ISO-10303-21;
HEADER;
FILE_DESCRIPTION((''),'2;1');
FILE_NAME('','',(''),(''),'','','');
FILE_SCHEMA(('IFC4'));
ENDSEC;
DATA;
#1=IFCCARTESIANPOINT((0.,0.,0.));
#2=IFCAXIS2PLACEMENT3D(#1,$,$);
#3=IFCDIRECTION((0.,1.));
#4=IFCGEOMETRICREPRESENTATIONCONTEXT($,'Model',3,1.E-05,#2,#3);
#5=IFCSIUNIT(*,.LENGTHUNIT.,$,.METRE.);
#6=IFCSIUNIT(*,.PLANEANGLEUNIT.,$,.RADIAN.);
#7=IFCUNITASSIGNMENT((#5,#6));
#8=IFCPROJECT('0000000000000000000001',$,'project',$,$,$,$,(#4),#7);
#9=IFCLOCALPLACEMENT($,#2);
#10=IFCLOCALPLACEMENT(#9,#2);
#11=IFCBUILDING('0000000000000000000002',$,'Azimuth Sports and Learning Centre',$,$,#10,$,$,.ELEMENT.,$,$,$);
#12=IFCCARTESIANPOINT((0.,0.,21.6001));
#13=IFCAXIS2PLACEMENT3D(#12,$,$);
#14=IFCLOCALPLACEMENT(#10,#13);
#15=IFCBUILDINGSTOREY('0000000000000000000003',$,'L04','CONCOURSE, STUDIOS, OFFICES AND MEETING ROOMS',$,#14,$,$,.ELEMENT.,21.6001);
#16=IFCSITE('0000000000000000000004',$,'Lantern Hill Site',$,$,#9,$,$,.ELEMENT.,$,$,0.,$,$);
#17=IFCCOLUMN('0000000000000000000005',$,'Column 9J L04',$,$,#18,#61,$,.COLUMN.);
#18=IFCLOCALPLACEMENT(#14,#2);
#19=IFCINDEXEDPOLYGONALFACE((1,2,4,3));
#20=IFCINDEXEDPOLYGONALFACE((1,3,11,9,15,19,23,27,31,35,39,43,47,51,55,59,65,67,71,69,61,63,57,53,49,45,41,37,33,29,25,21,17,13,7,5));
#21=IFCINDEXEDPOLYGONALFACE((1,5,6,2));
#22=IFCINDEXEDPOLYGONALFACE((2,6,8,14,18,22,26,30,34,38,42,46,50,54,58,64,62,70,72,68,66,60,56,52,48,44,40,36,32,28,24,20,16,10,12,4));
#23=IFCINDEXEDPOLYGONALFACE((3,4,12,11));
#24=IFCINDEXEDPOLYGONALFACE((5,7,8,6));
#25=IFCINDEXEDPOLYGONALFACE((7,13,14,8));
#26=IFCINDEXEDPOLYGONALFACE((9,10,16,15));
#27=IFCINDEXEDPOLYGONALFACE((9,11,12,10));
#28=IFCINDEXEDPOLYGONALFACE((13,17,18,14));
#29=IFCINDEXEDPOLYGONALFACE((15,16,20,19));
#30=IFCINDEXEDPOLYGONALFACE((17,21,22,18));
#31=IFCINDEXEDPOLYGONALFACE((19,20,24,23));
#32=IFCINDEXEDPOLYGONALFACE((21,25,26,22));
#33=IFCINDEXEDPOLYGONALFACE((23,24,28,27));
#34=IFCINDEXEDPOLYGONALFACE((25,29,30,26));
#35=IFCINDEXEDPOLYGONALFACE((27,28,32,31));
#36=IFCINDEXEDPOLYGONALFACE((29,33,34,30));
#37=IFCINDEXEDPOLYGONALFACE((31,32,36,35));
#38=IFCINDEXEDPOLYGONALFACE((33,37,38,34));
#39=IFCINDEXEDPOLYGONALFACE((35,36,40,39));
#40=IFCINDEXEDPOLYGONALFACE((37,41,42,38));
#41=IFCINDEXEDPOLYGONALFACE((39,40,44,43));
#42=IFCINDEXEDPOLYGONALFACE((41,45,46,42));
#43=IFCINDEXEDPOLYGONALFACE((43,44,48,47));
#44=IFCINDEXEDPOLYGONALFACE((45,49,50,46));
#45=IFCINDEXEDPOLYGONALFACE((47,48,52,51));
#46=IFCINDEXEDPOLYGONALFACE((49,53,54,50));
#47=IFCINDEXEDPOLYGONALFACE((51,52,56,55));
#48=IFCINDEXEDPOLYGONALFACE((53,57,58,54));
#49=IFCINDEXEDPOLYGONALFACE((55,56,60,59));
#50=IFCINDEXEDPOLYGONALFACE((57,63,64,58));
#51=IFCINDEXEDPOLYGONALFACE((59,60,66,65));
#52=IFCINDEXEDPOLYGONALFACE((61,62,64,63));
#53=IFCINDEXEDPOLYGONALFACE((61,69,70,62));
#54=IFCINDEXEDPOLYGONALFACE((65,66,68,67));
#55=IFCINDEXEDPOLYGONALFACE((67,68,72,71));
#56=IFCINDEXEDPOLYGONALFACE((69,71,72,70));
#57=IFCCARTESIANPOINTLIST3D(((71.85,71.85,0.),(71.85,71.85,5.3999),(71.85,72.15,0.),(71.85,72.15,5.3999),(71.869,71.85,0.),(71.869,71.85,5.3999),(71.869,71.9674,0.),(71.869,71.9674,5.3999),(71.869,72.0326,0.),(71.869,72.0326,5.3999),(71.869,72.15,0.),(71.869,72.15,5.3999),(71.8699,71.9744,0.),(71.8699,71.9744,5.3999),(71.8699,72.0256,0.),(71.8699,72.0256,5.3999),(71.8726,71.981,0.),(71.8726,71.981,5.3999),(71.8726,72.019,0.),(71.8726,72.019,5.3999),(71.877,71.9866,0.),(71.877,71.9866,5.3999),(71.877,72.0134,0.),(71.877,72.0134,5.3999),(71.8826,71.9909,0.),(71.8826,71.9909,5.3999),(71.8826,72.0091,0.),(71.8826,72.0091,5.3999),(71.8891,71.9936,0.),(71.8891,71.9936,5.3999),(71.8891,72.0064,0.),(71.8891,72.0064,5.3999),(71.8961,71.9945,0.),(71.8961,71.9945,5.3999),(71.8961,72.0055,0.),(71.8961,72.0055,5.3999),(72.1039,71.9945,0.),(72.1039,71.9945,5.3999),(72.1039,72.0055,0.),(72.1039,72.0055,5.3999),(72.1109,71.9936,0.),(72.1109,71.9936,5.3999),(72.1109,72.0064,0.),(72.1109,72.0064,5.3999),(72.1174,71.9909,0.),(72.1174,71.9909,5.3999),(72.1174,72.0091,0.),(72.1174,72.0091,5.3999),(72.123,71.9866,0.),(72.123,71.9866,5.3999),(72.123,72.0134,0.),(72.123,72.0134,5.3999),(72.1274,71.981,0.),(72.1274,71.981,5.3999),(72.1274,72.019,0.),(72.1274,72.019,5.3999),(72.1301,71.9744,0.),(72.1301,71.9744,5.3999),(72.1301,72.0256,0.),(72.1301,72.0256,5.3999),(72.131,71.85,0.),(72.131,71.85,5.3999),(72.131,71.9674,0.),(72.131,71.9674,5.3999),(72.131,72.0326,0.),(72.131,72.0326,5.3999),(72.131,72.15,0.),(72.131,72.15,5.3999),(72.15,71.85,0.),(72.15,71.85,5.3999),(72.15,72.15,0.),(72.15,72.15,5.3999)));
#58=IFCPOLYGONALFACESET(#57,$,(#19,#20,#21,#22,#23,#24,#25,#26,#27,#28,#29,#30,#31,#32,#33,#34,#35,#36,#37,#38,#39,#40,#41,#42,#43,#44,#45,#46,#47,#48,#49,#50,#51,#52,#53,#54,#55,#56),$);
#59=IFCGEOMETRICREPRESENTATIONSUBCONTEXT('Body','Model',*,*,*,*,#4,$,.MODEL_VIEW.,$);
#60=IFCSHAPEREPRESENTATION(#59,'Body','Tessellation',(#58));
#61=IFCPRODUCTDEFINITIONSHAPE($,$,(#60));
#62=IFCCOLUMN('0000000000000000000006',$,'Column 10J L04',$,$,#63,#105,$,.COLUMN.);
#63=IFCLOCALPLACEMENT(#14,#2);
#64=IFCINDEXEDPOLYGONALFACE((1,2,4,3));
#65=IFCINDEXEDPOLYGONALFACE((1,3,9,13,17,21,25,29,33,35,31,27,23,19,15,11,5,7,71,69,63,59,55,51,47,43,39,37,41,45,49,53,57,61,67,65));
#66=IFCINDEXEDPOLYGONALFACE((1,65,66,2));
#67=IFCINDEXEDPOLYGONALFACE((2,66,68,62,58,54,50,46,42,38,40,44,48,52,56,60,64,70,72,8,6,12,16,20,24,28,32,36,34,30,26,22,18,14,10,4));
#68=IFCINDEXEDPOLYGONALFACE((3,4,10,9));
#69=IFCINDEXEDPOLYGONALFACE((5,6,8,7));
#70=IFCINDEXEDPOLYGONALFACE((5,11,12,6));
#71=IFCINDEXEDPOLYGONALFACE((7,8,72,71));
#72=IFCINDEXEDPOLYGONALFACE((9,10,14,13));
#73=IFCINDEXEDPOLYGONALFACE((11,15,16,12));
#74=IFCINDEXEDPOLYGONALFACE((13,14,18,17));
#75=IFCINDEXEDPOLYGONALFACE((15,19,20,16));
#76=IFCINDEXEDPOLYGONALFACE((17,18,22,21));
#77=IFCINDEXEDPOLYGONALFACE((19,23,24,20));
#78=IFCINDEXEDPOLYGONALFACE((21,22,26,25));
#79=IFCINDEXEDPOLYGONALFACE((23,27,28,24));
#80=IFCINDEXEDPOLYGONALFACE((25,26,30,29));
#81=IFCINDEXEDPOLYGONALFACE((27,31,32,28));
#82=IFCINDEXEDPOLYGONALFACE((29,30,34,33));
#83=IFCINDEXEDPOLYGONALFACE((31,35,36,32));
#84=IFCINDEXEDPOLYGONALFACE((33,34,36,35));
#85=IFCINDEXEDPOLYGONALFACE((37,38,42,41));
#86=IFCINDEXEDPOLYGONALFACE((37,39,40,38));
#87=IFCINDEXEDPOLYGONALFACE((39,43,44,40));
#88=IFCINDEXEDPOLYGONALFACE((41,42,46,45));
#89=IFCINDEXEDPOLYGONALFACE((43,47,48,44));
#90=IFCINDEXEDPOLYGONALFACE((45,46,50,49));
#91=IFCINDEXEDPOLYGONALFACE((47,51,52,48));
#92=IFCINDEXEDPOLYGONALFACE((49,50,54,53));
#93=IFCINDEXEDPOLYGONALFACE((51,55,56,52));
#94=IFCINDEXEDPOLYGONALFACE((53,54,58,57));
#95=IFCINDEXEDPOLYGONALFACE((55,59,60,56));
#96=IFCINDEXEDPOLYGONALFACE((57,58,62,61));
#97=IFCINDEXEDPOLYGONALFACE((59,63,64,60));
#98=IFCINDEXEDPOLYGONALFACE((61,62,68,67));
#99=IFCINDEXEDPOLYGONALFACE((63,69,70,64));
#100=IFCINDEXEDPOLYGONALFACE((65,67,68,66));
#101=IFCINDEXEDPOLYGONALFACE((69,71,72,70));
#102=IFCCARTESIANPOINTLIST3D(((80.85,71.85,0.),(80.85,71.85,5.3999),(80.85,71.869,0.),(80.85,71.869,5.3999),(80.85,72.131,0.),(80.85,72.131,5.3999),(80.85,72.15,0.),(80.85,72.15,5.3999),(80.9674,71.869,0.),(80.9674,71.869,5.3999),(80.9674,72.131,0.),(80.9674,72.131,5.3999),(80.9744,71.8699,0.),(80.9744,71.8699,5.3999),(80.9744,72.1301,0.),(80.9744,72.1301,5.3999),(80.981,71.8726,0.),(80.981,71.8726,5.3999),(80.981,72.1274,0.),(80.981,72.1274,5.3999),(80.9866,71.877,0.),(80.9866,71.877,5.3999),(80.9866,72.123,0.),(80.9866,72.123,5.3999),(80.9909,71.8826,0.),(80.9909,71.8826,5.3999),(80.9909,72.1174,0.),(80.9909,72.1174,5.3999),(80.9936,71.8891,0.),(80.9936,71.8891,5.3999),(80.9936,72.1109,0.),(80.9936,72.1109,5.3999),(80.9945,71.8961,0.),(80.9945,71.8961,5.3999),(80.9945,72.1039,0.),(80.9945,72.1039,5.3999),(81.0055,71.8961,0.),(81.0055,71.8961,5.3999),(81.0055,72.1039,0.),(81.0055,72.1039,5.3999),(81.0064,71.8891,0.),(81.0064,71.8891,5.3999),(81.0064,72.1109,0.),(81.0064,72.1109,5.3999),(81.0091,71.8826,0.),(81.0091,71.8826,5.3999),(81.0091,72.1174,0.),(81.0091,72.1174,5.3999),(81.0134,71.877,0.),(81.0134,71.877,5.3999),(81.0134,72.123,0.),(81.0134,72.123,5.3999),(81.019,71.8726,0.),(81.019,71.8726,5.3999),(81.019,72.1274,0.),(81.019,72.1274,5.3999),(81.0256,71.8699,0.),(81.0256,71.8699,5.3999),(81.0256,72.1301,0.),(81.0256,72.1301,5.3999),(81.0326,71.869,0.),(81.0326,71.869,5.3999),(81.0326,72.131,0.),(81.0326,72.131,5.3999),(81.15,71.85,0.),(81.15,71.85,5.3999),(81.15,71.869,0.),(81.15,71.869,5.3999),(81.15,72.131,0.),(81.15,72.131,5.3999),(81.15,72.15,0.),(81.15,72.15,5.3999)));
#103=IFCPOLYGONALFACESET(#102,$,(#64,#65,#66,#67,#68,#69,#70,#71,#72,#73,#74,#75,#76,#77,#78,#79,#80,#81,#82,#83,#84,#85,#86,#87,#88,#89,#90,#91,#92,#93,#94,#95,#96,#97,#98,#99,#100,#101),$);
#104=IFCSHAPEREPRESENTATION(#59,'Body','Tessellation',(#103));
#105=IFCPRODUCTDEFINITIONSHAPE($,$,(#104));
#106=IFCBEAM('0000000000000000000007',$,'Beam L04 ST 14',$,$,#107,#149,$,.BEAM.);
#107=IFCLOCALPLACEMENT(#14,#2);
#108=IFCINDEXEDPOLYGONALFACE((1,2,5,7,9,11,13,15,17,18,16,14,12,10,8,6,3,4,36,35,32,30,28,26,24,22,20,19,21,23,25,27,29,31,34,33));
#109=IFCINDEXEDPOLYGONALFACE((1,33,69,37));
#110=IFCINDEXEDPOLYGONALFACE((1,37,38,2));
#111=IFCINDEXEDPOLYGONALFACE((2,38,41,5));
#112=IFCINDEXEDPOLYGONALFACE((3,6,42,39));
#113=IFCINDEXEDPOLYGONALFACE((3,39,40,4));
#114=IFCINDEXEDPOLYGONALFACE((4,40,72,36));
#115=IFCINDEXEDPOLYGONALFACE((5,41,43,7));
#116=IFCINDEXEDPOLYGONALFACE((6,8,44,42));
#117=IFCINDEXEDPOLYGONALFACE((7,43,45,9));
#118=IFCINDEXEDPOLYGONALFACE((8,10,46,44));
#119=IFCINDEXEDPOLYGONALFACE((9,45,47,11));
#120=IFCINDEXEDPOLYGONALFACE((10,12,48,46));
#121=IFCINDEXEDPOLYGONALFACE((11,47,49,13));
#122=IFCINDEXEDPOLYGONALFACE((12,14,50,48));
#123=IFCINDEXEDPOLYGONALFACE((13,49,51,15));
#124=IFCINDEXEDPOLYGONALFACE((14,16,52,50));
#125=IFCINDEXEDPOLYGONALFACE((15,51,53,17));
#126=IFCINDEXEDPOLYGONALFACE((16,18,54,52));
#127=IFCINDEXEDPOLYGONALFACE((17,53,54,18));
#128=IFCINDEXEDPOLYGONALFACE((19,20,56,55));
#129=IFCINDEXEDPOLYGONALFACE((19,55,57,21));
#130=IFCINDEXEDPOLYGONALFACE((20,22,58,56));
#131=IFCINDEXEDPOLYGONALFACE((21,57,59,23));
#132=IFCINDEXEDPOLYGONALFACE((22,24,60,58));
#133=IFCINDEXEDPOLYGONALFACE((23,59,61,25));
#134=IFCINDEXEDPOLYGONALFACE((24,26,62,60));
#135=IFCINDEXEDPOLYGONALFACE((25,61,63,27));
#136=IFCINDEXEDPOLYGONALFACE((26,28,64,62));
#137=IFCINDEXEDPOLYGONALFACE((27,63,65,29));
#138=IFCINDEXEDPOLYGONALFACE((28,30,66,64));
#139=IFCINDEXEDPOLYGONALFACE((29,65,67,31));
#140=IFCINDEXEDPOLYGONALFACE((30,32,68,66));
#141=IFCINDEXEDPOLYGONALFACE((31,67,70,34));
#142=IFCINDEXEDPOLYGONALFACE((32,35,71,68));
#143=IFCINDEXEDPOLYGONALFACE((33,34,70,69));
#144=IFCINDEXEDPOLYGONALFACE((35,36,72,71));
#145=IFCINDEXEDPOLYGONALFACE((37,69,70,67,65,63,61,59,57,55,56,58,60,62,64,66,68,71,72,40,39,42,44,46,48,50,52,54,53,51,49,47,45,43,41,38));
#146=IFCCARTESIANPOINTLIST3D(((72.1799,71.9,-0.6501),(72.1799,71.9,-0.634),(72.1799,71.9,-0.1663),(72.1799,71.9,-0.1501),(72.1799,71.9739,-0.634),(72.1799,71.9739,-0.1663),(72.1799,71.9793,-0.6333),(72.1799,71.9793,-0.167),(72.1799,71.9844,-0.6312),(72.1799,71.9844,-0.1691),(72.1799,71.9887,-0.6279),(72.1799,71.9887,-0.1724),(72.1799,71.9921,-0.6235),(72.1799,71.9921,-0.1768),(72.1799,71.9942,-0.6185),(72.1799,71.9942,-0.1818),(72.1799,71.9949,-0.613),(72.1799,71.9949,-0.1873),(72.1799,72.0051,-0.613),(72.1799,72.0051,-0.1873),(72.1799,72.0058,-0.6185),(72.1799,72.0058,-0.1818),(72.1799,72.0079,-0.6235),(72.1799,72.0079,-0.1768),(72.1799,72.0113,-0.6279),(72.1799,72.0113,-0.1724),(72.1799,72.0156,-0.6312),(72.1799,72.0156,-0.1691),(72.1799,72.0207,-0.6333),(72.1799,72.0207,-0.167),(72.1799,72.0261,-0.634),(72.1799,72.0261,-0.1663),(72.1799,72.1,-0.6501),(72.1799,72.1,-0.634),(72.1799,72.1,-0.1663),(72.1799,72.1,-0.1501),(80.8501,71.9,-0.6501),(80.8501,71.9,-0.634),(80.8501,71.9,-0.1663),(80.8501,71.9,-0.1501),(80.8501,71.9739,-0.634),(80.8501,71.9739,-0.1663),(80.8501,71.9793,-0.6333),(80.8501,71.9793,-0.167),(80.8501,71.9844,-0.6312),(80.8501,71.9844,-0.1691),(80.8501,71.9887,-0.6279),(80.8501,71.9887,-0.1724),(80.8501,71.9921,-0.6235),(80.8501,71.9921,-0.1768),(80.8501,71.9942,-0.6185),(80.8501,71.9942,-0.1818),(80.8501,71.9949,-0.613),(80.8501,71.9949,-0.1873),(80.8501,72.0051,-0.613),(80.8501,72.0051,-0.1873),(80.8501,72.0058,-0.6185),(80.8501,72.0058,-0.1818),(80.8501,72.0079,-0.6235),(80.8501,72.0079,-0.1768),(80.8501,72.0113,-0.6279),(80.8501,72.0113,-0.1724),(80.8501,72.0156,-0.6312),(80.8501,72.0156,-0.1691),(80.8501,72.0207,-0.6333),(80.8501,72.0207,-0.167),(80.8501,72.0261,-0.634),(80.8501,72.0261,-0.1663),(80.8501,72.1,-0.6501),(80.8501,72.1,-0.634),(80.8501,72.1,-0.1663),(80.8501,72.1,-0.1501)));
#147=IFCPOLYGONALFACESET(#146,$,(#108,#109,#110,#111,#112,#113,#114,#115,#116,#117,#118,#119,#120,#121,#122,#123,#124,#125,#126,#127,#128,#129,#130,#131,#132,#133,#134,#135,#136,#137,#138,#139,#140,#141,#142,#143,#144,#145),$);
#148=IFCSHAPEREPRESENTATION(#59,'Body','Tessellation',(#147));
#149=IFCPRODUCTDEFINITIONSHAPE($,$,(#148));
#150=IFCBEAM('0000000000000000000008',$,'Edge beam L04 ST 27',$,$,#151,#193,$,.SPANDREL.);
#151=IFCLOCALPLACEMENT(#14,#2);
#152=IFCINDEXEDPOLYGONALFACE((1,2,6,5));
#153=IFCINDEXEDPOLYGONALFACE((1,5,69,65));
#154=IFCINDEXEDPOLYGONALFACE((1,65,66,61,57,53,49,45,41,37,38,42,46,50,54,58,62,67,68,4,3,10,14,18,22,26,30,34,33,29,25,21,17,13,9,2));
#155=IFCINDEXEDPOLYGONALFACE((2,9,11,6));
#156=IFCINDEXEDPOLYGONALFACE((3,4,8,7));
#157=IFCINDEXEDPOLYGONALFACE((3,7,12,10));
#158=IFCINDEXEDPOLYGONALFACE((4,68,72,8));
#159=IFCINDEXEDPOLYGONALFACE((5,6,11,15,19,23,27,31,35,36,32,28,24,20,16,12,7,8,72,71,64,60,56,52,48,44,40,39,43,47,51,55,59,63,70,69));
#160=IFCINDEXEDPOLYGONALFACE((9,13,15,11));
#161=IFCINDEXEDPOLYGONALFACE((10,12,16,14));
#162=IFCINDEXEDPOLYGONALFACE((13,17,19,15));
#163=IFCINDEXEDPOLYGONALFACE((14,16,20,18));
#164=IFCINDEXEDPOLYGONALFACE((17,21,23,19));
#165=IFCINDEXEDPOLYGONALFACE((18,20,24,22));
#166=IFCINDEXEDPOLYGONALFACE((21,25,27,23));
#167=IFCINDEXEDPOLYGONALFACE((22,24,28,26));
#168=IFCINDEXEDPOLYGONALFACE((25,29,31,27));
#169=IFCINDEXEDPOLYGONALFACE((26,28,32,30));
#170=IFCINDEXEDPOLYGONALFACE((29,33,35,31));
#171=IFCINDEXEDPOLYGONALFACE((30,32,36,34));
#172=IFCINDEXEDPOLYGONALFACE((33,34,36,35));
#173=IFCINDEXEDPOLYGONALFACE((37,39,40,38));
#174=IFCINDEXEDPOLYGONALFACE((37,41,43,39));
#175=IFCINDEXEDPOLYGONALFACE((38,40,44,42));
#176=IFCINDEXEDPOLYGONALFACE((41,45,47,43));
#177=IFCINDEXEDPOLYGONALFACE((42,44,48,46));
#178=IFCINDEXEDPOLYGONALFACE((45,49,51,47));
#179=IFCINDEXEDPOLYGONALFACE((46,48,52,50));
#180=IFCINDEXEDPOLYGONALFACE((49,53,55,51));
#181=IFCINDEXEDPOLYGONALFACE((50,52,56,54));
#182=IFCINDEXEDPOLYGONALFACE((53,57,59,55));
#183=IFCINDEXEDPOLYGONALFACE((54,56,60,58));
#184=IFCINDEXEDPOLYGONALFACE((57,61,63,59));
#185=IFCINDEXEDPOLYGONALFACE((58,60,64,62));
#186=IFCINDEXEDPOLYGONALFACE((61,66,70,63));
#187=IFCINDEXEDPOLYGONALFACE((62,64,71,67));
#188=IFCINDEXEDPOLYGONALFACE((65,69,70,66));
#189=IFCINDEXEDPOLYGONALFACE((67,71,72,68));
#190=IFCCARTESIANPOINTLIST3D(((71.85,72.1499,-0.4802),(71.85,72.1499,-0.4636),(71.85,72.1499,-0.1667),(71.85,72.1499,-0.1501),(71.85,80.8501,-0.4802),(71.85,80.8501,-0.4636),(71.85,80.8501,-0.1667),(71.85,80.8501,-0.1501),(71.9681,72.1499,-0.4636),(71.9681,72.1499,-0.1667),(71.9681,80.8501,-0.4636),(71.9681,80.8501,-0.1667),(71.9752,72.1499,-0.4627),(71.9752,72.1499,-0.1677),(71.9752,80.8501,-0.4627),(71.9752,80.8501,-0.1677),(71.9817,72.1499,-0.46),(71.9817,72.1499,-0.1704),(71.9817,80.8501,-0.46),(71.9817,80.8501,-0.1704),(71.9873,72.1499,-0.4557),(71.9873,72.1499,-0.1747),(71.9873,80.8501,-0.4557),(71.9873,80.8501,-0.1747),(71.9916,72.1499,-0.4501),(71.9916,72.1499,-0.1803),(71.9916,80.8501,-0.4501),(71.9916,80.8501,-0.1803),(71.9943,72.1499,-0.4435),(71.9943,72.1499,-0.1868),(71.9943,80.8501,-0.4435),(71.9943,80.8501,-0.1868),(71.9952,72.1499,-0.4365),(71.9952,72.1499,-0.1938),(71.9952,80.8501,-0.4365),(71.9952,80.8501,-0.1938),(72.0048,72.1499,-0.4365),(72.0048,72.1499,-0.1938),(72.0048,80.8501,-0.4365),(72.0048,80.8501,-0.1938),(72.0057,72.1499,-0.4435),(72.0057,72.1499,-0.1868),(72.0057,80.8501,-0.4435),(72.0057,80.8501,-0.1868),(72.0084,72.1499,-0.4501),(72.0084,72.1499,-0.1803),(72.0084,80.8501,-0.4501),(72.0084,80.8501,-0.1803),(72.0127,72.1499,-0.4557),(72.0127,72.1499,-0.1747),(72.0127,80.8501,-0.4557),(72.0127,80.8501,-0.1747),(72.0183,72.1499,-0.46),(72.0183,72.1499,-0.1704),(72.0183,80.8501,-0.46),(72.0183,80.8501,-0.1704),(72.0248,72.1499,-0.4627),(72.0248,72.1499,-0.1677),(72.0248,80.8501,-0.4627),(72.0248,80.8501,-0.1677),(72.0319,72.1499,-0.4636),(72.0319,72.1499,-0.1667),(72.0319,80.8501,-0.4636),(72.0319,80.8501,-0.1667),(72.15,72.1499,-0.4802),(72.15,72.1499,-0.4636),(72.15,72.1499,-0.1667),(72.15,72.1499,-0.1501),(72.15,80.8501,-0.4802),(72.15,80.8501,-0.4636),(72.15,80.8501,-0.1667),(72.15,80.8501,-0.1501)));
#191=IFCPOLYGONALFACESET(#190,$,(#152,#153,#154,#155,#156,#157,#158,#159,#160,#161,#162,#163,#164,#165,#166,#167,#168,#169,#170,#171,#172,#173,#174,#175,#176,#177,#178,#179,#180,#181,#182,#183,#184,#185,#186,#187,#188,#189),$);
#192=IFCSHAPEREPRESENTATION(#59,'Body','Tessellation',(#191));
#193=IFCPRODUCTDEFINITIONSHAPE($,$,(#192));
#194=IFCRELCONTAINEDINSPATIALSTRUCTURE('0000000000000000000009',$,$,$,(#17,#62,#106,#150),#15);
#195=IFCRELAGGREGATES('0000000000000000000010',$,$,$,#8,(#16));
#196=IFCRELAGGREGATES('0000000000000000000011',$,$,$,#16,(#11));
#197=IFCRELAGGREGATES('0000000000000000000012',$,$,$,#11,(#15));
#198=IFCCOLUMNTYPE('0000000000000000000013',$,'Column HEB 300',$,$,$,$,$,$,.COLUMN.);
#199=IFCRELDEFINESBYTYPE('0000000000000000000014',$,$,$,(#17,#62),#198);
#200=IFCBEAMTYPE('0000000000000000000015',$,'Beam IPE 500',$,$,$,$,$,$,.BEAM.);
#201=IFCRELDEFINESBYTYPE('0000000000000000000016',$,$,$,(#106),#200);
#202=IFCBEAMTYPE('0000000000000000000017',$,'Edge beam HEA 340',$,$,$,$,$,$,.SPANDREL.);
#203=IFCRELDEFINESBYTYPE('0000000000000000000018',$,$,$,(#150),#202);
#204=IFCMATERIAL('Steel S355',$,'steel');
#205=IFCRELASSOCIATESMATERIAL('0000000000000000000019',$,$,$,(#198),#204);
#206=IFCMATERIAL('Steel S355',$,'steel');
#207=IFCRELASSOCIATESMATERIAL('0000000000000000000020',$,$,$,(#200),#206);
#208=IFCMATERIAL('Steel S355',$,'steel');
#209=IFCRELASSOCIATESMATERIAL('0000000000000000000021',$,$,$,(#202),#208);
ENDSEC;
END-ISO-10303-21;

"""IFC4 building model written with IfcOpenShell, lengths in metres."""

from ifc_helpers import new_model, si_unit, direction, frame, origin, origin_2d, place, context, subcontext, project, spatial, i_section, extrude, material, material_profile, profile_set, type_object, element, save


model = new_model("IFC4")

# Units and contexts
model_context = context("Model", 3, precision=1e-05, world=origin(), true_north=direction((0.0, 1.0)))
body_context = subcontext(model_context, "Body", "Model", "MODEL_VIEW")
ifc_project = project(units=[si_unit("LENGTHUNIT", "METRE"), si_unit("PLANEANGLEUNIT", "RADIAN")], contexts=[model_context])

# Site, building, storey
site_placement = place(None, origin())
site = spatial("IfcSite", under=ifc_project, at=site_placement, Name="Lantern Hill Site", CompositionType="ELEMENT", RefElevation=0.0)
building_placement = place(site_placement, origin())
building = spatial("IfcBuilding", under=site, at=building_placement, Name="Azimuth Sports and Learning Centre", CompositionType="ELEMENT")
storey_placement = place(building_placement, frame((0.0, 0.0, 21.6001)))
storey = spatial("IfcBuildingStorey", under=building, at=storey_placement, Name="L04", Description="CONCOURSE, STUDIOS, OFFICES AND MEETING ROOMS", CompositionType="ELEMENT", Elevation=21.6001)

# Columns
ifc_material_1 = material(Name="Steel S355", Category="steel")
ifc_material_profile_1 = material_profile(ifc_material_1, i_section(OverallWidth=0.3, OverallDepth=0.3, WebThickness=0.011, FlangeThickness=0.019, FilletRadius=0.0271, at=origin_2d()), Name="HEB 300")
ifc_profile_set_1 = profile_set([ifc_material_profile_1], Name="Steel S355")
column_type = type_object("IfcColumnType", Name="Column HEB 300", PredefinedType="COLUMN", material=ifc_profile_set_1)
for number, where, z_axis, x_axis, name in (
    (1, (72.0, 72.0, 0.0), (0.0, 0.0, 1.0), (0.0, 1.0, 0.0), "Column 9J L04"),
    (2, (81.0, 72.0, 0.0), (0.0, 0.0, 1.0), (1.0, 0.0, 0.0), "Column 10J L04"),
):
    element("IfcColumn", number, at=place(storey_placement, frame(where, z_axis=z_axis, x_axis=x_axis)), inside=storey, type_object=column_type, Name=name, PredefinedType="COLUMN", context=body_context, shape_type="SweptSolid", body=[
        extrude(i_section(OverallWidth=0.3, OverallDepth=0.3, WebThickness=0.011, FlangeThickness=0.019, FilletRadius=0.0271, at=origin_2d()), origin(), (0.0, 0.0, 1.0), 5.3999),
    ])

# Beams
ifc_material_2 = material(Name="Steel S355", Category="steel")
ifc_material_profile_2 = material_profile(ifc_material_2, i_section(OverallWidth=0.2, OverallDepth=0.5, WebThickness=0.0103, FlangeThickness=0.0161, FilletRadius=0.021, at=origin_2d()), Name="IPE 500")
ifc_profile_set_2 = profile_set([ifc_material_profile_2], Name="Steel S355")
beam_type_1 = type_object("IfcBeamType", Name="Beam IPE 500", PredefinedType="BEAM", material=ifc_profile_set_2)
beam_1_placement = place(storey_placement, frame((72.1799, 72.0, -0.4001), z_axis=(1.0, 0.0, 0.0), x_axis=(0.0, 1.0, 0.0)))
element("IfcBeam", 3, at=beam_1_placement, inside=storey, type_object=beam_type_1, Name="Beam L04 ST 14", PredefinedType="BEAM", context=body_context, shape_type="SweptSolid", body=[
    extrude(i_section(OverallWidth=0.2, OverallDepth=0.5, WebThickness=0.0103, FlangeThickness=0.0161, FilletRadius=0.021, at=origin_2d()), origin(), (0.0, 0.0, 1.0), 8.6702),
])
ifc_material_3 = material(Name="Steel S355", Category="steel")
ifc_material_profile_3 = material_profile(ifc_material_3, i_section(OverallWidth=0.3, OverallDepth=0.3301, WebThickness=0.0095, FlangeThickness=0.0166, FilletRadius=0.0271, at=origin_2d()), Name="HEA 340")
ifc_profile_set_3 = profile_set([ifc_material_profile_3], Name="Steel S355")
beam_type_2 = type_object("IfcBeamType", Name="Edge beam HEA 340", PredefinedType="SPANDREL", material=ifc_profile_set_3)
beam_2_placement = place(storey_placement, frame((72.0, 72.1499, -0.3152), z_axis=(0.0, 1.0, 0.0), x_axis=(-1.0, 0.0, 0.0)))
element("IfcBeam", 4, at=beam_2_placement, inside=storey, type_object=beam_type_2, Name="Edge beam L04 ST 27", PredefinedType="SPANDREL", context=body_context, shape_type="SweptSolid", body=[
    extrude(i_section(OverallWidth=0.3, OverallDepth=0.3301, WebThickness=0.0095, FlangeThickness=0.0166, FilletRadius=0.0271, at=origin_2d()), origin(), (0.0, 0.0, 1.0), 8.7002),
])

save(model, "model.ifc")
